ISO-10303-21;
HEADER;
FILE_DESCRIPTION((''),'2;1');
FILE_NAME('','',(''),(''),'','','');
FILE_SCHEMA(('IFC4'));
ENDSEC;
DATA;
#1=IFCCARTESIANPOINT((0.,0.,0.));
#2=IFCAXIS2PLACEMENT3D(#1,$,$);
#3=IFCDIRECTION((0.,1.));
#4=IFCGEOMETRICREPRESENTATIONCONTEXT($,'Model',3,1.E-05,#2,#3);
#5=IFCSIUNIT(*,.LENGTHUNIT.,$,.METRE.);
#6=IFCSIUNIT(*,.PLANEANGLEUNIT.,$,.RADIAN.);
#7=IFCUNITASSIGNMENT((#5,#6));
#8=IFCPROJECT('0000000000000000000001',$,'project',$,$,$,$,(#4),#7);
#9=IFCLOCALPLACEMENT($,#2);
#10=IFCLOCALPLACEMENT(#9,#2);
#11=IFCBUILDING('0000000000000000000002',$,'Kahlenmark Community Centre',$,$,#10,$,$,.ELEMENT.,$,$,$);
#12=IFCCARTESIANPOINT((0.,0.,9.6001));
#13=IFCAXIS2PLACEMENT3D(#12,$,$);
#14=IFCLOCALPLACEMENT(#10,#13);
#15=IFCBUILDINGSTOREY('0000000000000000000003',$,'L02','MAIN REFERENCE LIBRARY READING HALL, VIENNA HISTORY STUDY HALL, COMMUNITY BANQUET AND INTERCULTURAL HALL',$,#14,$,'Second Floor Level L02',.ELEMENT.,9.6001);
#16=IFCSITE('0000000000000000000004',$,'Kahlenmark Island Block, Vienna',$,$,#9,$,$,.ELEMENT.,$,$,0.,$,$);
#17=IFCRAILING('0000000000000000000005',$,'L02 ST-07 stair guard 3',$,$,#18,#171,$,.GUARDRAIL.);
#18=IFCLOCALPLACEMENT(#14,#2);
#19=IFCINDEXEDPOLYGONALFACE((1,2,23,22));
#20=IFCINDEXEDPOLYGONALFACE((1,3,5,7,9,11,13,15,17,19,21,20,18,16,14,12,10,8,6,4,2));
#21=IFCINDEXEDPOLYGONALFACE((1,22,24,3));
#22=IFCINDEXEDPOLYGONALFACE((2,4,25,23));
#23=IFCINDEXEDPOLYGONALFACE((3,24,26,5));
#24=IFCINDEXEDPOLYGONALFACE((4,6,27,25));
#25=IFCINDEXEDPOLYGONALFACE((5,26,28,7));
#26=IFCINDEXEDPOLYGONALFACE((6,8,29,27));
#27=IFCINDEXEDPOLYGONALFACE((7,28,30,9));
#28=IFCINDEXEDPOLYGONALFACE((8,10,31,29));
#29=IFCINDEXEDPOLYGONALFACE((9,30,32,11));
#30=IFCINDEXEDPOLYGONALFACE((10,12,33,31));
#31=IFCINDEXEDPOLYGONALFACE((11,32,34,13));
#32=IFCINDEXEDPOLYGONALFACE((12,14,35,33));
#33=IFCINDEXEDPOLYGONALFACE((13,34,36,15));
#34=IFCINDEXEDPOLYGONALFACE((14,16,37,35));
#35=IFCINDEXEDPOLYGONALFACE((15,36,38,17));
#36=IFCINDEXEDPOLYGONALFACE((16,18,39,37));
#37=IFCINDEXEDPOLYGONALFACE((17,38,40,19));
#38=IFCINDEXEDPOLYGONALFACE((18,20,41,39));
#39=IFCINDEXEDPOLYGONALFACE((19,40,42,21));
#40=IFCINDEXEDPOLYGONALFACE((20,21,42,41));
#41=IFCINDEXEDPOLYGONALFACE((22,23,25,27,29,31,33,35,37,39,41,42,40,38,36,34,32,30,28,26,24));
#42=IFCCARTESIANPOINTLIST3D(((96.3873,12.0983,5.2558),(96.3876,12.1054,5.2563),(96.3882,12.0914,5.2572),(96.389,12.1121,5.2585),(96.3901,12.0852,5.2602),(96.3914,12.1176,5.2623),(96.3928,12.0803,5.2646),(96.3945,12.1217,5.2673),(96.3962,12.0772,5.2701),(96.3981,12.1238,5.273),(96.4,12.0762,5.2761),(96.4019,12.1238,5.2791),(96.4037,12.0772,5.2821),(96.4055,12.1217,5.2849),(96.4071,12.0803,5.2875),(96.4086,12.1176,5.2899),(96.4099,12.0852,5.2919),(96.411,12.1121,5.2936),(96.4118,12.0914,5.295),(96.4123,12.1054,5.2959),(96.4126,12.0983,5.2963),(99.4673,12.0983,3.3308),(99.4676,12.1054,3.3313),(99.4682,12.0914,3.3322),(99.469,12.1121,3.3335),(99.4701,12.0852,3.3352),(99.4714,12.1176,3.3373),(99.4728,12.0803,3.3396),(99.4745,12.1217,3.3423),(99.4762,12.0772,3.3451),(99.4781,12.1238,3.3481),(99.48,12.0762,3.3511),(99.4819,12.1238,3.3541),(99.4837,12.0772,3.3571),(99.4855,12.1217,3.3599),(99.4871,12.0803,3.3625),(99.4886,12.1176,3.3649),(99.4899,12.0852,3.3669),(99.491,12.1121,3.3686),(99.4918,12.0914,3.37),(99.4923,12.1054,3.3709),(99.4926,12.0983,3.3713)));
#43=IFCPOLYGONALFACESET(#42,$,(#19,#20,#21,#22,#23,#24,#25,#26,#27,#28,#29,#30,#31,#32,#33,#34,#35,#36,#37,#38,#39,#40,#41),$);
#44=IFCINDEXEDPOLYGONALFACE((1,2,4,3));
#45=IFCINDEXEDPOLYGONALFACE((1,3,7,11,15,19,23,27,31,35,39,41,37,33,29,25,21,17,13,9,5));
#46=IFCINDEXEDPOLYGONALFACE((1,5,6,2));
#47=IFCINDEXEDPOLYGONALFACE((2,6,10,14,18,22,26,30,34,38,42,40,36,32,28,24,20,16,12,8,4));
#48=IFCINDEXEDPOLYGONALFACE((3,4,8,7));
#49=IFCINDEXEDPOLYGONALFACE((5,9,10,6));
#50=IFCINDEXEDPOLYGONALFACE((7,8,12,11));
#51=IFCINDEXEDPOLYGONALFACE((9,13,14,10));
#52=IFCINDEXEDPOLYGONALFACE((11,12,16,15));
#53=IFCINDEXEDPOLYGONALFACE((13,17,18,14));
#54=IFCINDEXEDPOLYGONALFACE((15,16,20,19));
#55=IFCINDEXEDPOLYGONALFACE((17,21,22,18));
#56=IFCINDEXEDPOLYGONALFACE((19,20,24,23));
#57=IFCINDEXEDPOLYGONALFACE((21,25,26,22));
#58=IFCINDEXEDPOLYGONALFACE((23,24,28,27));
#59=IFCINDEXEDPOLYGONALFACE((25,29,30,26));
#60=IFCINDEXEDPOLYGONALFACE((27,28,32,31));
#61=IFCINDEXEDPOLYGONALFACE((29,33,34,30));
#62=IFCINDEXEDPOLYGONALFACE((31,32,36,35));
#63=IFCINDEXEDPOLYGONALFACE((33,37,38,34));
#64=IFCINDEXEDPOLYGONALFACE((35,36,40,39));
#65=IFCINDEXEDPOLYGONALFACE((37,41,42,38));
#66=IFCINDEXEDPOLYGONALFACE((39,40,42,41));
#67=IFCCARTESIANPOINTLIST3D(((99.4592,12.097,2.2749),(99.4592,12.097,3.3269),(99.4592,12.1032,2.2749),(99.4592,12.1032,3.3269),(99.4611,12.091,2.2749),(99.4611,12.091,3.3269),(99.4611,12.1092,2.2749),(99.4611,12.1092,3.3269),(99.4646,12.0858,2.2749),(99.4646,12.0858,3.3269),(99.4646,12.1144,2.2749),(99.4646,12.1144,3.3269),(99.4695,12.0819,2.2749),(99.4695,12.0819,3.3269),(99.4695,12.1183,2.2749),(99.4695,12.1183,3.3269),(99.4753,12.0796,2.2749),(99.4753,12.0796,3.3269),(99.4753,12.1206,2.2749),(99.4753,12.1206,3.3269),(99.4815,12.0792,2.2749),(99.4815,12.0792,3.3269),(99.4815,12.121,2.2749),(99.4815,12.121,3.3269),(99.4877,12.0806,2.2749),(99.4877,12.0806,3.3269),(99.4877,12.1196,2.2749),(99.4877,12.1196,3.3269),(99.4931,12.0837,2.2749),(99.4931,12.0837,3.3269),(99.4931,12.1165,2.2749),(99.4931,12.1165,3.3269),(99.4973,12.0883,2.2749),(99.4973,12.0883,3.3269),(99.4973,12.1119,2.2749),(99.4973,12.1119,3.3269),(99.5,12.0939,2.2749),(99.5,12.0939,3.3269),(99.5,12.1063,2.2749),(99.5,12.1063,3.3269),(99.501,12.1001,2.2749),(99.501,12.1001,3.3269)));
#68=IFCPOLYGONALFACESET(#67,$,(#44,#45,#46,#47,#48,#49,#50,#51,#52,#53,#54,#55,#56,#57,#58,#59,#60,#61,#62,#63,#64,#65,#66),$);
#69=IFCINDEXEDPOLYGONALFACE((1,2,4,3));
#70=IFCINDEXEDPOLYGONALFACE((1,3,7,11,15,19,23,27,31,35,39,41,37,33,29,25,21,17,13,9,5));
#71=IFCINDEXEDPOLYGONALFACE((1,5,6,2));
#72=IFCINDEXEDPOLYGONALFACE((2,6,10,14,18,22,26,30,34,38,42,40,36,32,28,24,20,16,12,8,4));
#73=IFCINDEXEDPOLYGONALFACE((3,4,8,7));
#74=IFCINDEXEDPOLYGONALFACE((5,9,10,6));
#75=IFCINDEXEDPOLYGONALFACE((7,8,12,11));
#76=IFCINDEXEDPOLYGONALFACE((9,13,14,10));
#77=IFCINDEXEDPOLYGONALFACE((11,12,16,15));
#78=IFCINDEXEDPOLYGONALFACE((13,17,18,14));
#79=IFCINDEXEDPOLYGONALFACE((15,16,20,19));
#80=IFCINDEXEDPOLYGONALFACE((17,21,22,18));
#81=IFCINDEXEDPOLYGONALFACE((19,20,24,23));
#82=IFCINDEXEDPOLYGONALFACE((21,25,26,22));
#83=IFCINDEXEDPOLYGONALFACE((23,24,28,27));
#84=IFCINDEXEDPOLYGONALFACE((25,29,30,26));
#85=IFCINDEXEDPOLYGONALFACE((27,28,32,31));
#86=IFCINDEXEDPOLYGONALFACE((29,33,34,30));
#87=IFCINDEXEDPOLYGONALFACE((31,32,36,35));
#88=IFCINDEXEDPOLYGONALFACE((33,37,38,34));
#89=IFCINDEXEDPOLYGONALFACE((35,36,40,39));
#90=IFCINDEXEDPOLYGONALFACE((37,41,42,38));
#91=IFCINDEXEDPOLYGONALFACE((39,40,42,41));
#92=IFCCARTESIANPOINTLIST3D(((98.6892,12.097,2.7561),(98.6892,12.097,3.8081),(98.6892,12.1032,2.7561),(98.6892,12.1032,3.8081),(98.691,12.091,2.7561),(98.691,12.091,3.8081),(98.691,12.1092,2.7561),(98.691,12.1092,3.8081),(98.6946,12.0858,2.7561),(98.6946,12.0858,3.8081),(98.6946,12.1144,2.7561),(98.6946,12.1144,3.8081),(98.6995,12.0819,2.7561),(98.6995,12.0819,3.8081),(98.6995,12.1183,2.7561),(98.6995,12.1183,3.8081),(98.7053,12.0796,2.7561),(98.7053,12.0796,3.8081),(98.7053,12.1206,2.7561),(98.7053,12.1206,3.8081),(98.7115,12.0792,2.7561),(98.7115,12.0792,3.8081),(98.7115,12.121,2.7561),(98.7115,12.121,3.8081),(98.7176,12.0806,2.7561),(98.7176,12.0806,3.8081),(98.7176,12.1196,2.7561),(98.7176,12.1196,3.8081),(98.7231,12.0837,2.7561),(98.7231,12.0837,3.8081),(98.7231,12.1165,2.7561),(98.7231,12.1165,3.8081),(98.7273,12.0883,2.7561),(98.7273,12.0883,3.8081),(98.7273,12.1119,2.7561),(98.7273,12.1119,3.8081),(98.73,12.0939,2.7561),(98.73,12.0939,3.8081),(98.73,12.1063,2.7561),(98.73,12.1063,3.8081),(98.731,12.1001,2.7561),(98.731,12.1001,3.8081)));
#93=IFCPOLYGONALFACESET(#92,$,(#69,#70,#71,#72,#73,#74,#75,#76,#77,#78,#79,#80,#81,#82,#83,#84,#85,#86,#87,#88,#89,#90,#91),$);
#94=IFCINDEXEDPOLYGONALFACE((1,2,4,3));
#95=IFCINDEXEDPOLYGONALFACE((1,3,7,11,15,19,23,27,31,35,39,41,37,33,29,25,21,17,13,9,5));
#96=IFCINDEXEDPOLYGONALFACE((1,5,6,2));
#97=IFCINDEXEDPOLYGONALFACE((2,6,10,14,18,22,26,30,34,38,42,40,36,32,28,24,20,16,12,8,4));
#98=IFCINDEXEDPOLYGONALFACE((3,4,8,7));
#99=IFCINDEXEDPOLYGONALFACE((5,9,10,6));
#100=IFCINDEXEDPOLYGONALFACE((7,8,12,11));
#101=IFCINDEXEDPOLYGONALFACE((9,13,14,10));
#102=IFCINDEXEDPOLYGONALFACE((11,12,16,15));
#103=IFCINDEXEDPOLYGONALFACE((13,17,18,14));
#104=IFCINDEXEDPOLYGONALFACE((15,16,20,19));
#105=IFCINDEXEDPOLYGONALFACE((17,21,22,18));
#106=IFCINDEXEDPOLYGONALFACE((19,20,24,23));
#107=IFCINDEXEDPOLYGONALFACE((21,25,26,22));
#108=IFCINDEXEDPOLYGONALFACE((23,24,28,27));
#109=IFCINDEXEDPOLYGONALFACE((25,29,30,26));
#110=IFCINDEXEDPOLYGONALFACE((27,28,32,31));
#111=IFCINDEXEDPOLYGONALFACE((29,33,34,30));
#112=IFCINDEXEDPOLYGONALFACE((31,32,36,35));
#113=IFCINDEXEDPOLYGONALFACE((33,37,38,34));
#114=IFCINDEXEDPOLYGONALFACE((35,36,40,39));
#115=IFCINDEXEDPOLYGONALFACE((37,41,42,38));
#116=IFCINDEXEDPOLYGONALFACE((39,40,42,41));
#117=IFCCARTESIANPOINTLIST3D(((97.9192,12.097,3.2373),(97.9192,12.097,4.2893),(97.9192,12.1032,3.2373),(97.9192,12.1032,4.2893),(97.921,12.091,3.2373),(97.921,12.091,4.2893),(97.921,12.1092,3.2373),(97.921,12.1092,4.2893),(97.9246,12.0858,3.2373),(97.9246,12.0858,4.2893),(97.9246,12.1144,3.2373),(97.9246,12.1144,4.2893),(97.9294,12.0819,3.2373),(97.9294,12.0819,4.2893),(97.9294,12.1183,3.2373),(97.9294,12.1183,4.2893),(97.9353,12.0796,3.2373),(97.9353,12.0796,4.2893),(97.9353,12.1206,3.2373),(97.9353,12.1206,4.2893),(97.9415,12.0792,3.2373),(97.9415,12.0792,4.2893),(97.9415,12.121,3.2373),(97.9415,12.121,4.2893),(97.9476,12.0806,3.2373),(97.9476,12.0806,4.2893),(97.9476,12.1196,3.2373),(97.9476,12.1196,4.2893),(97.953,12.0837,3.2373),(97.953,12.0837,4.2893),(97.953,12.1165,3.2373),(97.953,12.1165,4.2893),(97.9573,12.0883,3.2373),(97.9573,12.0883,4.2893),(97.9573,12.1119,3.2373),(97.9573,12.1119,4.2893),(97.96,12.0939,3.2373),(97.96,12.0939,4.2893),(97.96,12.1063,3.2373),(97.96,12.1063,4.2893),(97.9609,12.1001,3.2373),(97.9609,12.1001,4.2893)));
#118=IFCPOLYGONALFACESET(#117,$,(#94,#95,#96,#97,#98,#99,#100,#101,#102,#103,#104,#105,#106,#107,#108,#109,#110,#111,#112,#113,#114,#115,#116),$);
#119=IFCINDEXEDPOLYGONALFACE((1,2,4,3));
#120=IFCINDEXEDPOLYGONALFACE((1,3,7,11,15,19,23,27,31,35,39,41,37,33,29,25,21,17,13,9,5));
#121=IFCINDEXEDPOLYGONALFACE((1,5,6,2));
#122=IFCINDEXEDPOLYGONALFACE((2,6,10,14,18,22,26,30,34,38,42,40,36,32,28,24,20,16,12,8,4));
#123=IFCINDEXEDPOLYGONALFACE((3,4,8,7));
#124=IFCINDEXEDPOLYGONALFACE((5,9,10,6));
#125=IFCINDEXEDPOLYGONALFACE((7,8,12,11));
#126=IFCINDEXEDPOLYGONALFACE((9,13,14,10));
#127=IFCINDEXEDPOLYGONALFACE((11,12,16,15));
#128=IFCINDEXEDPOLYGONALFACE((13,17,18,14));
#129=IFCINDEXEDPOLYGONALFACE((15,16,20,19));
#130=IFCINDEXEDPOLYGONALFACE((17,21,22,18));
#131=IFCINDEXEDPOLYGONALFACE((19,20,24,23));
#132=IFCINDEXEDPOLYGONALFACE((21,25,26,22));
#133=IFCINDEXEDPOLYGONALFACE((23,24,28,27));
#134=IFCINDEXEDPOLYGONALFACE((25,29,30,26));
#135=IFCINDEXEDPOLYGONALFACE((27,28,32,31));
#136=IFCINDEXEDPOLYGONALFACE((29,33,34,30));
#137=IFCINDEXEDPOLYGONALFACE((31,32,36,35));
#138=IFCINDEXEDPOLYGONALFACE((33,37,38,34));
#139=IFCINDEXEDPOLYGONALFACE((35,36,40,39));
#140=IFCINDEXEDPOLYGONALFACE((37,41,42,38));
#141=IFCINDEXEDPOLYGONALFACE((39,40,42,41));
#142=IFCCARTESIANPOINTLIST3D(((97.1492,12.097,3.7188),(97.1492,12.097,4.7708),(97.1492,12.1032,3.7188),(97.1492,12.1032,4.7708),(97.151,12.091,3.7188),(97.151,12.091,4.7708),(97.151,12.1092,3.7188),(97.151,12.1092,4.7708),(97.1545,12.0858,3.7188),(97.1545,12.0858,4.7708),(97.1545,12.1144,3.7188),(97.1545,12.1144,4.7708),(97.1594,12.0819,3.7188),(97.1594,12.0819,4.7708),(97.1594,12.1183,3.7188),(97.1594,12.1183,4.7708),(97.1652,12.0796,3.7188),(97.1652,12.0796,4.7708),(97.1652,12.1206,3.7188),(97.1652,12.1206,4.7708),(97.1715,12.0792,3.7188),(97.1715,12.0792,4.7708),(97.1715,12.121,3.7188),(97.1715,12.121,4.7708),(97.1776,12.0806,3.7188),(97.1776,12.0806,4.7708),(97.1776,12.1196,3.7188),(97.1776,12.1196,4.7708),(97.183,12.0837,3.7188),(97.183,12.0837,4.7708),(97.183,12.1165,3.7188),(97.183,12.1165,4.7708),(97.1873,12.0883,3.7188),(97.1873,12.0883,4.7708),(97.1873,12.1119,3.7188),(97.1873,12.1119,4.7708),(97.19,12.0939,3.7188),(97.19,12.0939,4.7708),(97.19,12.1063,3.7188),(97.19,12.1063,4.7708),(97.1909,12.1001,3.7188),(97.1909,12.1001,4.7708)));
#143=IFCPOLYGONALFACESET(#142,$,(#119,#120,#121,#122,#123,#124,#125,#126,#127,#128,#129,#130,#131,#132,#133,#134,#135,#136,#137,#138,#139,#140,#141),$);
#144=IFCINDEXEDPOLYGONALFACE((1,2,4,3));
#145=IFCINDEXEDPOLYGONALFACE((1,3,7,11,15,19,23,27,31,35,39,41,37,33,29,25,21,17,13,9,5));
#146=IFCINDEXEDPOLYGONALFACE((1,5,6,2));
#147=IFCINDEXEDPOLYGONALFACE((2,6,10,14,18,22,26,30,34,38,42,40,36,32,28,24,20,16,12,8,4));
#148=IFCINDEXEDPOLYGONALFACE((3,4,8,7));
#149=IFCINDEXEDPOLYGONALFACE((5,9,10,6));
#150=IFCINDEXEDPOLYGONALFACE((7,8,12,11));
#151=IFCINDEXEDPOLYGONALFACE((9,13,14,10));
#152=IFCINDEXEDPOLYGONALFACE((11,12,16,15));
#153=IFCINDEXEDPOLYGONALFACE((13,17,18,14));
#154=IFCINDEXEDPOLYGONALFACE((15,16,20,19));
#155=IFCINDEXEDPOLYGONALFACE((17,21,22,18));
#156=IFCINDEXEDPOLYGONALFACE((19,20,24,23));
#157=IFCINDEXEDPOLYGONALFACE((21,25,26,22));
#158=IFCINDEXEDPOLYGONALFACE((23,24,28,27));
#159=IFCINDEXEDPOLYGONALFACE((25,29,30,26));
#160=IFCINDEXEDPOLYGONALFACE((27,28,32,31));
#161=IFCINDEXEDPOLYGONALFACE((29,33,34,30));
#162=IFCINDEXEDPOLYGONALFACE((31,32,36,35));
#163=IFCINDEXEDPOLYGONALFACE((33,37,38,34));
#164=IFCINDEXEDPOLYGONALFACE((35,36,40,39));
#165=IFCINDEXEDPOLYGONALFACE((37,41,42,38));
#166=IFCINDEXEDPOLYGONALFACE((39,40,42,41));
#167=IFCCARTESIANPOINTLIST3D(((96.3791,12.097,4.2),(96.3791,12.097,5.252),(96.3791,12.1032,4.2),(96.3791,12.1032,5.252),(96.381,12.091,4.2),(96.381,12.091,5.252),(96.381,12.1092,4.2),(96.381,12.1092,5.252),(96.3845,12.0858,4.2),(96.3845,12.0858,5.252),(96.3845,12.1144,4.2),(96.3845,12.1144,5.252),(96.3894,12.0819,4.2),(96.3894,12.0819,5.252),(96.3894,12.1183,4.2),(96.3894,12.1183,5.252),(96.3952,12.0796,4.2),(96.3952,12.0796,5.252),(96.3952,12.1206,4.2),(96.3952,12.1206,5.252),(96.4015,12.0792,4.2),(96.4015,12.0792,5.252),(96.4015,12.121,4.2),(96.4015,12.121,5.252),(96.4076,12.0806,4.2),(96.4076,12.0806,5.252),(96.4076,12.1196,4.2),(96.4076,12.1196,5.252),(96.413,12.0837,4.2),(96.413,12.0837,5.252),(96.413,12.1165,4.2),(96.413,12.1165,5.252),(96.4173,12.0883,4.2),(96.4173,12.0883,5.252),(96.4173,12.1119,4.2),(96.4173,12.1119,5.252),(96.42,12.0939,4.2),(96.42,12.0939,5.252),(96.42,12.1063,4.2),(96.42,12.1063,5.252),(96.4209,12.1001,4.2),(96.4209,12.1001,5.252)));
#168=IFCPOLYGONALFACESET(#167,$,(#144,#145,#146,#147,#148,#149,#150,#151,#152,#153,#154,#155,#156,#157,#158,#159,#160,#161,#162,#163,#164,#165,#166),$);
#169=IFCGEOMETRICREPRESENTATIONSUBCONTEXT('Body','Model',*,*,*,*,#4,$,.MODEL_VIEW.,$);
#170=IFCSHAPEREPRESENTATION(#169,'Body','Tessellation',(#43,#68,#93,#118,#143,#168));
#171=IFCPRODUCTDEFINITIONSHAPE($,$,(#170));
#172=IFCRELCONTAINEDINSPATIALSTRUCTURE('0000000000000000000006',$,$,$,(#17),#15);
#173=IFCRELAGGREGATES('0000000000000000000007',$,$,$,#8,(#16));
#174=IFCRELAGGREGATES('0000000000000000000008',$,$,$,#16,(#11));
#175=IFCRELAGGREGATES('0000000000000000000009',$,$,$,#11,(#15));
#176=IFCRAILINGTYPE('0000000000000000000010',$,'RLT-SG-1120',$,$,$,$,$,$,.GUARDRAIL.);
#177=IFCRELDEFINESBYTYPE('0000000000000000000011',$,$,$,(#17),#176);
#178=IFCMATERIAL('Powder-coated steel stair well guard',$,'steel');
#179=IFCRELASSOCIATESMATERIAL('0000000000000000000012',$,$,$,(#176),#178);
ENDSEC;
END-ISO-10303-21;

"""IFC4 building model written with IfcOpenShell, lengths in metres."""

from ifc_helpers import new_model, si_unit, direction, frame, origin, origin_2d, place, context, subcontext, project, spatial, circle, extrude, material, type_object, element, save


model = new_model("IFC4")

# Units and contexts
model_context = context("Model", 3, precision=1e-05, world=origin(), true_north=direction((0.0, 1.0)))
body_context = subcontext(model_context, "Body", "Model", "MODEL_VIEW")
ifc_project = project(units=[si_unit("LENGTHUNIT", "METRE"), si_unit("PLANEANGLEUNIT", "RADIAN")], contexts=[model_context])

# Site, building, storey
site_placement = place(None, origin())
site = spatial("IfcSite", under=ifc_project, at=site_placement, Name="Kahlenmark Island Block, Vienna", CompositionType="ELEMENT", RefElevation=0.0)
building_placement = place(site_placement, origin())
building = spatial("IfcBuilding", under=site, at=building_placement, Name="Kahlenmark Community Centre", CompositionType="ELEMENT")
storey_placement = place(building_placement, frame((0.0, 0.0, 9.6001)))
storey = spatial("IfcBuildingStorey", under=building, at=storey_placement, Name="L02", Description="MAIN REFERENCE LIBRARY READING HALL, VIENNA HISTORY STUDY HALL, COMMUNITY BANQUET AND INTERCULTURAL HALL", LongName="Second Floor Level L02", CompositionType="ELEMENT", Elevation=9.6001)

# Railing
ifc_material_1 = material(Name="Powder-coated steel stair well guard", Category="steel")
railing_type_1 = type_object("IfcRailingType", Name="RLT-SG-1120", PredefinedType="GUARDRAIL", material=ifc_material_1)
railing_1_placement = place(storey_placement, frame((99.48, 12.1001, 2.2749)))
element("IfcRailing", 1, at=railing_1_placement, inside=storey, type_object=railing_type_1, Name="L02 ST-07 stair guard 3", PredefinedType="GUARDRAIL", context=body_context, shape_type="SweptSolid", body=[
    extrude(circle(Radius=0.0239, at=origin_2d()), frame((0.0, 0.0, 1.0762), z_axis=(-0.847998, 0.0, 0.529999), x_axis=(0.0, -1.0, 0.0)), (0.0, 0.0, 1.0), 3.6321),
    extrude(circle(Radius=0.021, at=origin_2d()), origin(), (0.0, 0.0, 1.0), 1.052),
    extrude(circle(Radius=0.021, at=origin_2d()), frame((-0.77, 0.0, 0.4812)), (0.0, 0.0, 1.0), 1.052),
    extrude(circle(Radius=0.021, at=origin_2d()), frame((-1.54, 0.0, 0.9624)), (0.0, 0.0, 1.0), 1.052),
    extrude(circle(Radius=0.021, at=origin_2d()), frame((-2.3101, 0.0, 1.4438)), (0.0, 0.0, 1.0), 1.052),
    extrude(circle(Radius=0.021, at=origin_2d()), frame((-3.0801, 0.0, 1.925)), (0.0, 0.0, 1.0), 1.052),
])

save(model, "model.ifc")
